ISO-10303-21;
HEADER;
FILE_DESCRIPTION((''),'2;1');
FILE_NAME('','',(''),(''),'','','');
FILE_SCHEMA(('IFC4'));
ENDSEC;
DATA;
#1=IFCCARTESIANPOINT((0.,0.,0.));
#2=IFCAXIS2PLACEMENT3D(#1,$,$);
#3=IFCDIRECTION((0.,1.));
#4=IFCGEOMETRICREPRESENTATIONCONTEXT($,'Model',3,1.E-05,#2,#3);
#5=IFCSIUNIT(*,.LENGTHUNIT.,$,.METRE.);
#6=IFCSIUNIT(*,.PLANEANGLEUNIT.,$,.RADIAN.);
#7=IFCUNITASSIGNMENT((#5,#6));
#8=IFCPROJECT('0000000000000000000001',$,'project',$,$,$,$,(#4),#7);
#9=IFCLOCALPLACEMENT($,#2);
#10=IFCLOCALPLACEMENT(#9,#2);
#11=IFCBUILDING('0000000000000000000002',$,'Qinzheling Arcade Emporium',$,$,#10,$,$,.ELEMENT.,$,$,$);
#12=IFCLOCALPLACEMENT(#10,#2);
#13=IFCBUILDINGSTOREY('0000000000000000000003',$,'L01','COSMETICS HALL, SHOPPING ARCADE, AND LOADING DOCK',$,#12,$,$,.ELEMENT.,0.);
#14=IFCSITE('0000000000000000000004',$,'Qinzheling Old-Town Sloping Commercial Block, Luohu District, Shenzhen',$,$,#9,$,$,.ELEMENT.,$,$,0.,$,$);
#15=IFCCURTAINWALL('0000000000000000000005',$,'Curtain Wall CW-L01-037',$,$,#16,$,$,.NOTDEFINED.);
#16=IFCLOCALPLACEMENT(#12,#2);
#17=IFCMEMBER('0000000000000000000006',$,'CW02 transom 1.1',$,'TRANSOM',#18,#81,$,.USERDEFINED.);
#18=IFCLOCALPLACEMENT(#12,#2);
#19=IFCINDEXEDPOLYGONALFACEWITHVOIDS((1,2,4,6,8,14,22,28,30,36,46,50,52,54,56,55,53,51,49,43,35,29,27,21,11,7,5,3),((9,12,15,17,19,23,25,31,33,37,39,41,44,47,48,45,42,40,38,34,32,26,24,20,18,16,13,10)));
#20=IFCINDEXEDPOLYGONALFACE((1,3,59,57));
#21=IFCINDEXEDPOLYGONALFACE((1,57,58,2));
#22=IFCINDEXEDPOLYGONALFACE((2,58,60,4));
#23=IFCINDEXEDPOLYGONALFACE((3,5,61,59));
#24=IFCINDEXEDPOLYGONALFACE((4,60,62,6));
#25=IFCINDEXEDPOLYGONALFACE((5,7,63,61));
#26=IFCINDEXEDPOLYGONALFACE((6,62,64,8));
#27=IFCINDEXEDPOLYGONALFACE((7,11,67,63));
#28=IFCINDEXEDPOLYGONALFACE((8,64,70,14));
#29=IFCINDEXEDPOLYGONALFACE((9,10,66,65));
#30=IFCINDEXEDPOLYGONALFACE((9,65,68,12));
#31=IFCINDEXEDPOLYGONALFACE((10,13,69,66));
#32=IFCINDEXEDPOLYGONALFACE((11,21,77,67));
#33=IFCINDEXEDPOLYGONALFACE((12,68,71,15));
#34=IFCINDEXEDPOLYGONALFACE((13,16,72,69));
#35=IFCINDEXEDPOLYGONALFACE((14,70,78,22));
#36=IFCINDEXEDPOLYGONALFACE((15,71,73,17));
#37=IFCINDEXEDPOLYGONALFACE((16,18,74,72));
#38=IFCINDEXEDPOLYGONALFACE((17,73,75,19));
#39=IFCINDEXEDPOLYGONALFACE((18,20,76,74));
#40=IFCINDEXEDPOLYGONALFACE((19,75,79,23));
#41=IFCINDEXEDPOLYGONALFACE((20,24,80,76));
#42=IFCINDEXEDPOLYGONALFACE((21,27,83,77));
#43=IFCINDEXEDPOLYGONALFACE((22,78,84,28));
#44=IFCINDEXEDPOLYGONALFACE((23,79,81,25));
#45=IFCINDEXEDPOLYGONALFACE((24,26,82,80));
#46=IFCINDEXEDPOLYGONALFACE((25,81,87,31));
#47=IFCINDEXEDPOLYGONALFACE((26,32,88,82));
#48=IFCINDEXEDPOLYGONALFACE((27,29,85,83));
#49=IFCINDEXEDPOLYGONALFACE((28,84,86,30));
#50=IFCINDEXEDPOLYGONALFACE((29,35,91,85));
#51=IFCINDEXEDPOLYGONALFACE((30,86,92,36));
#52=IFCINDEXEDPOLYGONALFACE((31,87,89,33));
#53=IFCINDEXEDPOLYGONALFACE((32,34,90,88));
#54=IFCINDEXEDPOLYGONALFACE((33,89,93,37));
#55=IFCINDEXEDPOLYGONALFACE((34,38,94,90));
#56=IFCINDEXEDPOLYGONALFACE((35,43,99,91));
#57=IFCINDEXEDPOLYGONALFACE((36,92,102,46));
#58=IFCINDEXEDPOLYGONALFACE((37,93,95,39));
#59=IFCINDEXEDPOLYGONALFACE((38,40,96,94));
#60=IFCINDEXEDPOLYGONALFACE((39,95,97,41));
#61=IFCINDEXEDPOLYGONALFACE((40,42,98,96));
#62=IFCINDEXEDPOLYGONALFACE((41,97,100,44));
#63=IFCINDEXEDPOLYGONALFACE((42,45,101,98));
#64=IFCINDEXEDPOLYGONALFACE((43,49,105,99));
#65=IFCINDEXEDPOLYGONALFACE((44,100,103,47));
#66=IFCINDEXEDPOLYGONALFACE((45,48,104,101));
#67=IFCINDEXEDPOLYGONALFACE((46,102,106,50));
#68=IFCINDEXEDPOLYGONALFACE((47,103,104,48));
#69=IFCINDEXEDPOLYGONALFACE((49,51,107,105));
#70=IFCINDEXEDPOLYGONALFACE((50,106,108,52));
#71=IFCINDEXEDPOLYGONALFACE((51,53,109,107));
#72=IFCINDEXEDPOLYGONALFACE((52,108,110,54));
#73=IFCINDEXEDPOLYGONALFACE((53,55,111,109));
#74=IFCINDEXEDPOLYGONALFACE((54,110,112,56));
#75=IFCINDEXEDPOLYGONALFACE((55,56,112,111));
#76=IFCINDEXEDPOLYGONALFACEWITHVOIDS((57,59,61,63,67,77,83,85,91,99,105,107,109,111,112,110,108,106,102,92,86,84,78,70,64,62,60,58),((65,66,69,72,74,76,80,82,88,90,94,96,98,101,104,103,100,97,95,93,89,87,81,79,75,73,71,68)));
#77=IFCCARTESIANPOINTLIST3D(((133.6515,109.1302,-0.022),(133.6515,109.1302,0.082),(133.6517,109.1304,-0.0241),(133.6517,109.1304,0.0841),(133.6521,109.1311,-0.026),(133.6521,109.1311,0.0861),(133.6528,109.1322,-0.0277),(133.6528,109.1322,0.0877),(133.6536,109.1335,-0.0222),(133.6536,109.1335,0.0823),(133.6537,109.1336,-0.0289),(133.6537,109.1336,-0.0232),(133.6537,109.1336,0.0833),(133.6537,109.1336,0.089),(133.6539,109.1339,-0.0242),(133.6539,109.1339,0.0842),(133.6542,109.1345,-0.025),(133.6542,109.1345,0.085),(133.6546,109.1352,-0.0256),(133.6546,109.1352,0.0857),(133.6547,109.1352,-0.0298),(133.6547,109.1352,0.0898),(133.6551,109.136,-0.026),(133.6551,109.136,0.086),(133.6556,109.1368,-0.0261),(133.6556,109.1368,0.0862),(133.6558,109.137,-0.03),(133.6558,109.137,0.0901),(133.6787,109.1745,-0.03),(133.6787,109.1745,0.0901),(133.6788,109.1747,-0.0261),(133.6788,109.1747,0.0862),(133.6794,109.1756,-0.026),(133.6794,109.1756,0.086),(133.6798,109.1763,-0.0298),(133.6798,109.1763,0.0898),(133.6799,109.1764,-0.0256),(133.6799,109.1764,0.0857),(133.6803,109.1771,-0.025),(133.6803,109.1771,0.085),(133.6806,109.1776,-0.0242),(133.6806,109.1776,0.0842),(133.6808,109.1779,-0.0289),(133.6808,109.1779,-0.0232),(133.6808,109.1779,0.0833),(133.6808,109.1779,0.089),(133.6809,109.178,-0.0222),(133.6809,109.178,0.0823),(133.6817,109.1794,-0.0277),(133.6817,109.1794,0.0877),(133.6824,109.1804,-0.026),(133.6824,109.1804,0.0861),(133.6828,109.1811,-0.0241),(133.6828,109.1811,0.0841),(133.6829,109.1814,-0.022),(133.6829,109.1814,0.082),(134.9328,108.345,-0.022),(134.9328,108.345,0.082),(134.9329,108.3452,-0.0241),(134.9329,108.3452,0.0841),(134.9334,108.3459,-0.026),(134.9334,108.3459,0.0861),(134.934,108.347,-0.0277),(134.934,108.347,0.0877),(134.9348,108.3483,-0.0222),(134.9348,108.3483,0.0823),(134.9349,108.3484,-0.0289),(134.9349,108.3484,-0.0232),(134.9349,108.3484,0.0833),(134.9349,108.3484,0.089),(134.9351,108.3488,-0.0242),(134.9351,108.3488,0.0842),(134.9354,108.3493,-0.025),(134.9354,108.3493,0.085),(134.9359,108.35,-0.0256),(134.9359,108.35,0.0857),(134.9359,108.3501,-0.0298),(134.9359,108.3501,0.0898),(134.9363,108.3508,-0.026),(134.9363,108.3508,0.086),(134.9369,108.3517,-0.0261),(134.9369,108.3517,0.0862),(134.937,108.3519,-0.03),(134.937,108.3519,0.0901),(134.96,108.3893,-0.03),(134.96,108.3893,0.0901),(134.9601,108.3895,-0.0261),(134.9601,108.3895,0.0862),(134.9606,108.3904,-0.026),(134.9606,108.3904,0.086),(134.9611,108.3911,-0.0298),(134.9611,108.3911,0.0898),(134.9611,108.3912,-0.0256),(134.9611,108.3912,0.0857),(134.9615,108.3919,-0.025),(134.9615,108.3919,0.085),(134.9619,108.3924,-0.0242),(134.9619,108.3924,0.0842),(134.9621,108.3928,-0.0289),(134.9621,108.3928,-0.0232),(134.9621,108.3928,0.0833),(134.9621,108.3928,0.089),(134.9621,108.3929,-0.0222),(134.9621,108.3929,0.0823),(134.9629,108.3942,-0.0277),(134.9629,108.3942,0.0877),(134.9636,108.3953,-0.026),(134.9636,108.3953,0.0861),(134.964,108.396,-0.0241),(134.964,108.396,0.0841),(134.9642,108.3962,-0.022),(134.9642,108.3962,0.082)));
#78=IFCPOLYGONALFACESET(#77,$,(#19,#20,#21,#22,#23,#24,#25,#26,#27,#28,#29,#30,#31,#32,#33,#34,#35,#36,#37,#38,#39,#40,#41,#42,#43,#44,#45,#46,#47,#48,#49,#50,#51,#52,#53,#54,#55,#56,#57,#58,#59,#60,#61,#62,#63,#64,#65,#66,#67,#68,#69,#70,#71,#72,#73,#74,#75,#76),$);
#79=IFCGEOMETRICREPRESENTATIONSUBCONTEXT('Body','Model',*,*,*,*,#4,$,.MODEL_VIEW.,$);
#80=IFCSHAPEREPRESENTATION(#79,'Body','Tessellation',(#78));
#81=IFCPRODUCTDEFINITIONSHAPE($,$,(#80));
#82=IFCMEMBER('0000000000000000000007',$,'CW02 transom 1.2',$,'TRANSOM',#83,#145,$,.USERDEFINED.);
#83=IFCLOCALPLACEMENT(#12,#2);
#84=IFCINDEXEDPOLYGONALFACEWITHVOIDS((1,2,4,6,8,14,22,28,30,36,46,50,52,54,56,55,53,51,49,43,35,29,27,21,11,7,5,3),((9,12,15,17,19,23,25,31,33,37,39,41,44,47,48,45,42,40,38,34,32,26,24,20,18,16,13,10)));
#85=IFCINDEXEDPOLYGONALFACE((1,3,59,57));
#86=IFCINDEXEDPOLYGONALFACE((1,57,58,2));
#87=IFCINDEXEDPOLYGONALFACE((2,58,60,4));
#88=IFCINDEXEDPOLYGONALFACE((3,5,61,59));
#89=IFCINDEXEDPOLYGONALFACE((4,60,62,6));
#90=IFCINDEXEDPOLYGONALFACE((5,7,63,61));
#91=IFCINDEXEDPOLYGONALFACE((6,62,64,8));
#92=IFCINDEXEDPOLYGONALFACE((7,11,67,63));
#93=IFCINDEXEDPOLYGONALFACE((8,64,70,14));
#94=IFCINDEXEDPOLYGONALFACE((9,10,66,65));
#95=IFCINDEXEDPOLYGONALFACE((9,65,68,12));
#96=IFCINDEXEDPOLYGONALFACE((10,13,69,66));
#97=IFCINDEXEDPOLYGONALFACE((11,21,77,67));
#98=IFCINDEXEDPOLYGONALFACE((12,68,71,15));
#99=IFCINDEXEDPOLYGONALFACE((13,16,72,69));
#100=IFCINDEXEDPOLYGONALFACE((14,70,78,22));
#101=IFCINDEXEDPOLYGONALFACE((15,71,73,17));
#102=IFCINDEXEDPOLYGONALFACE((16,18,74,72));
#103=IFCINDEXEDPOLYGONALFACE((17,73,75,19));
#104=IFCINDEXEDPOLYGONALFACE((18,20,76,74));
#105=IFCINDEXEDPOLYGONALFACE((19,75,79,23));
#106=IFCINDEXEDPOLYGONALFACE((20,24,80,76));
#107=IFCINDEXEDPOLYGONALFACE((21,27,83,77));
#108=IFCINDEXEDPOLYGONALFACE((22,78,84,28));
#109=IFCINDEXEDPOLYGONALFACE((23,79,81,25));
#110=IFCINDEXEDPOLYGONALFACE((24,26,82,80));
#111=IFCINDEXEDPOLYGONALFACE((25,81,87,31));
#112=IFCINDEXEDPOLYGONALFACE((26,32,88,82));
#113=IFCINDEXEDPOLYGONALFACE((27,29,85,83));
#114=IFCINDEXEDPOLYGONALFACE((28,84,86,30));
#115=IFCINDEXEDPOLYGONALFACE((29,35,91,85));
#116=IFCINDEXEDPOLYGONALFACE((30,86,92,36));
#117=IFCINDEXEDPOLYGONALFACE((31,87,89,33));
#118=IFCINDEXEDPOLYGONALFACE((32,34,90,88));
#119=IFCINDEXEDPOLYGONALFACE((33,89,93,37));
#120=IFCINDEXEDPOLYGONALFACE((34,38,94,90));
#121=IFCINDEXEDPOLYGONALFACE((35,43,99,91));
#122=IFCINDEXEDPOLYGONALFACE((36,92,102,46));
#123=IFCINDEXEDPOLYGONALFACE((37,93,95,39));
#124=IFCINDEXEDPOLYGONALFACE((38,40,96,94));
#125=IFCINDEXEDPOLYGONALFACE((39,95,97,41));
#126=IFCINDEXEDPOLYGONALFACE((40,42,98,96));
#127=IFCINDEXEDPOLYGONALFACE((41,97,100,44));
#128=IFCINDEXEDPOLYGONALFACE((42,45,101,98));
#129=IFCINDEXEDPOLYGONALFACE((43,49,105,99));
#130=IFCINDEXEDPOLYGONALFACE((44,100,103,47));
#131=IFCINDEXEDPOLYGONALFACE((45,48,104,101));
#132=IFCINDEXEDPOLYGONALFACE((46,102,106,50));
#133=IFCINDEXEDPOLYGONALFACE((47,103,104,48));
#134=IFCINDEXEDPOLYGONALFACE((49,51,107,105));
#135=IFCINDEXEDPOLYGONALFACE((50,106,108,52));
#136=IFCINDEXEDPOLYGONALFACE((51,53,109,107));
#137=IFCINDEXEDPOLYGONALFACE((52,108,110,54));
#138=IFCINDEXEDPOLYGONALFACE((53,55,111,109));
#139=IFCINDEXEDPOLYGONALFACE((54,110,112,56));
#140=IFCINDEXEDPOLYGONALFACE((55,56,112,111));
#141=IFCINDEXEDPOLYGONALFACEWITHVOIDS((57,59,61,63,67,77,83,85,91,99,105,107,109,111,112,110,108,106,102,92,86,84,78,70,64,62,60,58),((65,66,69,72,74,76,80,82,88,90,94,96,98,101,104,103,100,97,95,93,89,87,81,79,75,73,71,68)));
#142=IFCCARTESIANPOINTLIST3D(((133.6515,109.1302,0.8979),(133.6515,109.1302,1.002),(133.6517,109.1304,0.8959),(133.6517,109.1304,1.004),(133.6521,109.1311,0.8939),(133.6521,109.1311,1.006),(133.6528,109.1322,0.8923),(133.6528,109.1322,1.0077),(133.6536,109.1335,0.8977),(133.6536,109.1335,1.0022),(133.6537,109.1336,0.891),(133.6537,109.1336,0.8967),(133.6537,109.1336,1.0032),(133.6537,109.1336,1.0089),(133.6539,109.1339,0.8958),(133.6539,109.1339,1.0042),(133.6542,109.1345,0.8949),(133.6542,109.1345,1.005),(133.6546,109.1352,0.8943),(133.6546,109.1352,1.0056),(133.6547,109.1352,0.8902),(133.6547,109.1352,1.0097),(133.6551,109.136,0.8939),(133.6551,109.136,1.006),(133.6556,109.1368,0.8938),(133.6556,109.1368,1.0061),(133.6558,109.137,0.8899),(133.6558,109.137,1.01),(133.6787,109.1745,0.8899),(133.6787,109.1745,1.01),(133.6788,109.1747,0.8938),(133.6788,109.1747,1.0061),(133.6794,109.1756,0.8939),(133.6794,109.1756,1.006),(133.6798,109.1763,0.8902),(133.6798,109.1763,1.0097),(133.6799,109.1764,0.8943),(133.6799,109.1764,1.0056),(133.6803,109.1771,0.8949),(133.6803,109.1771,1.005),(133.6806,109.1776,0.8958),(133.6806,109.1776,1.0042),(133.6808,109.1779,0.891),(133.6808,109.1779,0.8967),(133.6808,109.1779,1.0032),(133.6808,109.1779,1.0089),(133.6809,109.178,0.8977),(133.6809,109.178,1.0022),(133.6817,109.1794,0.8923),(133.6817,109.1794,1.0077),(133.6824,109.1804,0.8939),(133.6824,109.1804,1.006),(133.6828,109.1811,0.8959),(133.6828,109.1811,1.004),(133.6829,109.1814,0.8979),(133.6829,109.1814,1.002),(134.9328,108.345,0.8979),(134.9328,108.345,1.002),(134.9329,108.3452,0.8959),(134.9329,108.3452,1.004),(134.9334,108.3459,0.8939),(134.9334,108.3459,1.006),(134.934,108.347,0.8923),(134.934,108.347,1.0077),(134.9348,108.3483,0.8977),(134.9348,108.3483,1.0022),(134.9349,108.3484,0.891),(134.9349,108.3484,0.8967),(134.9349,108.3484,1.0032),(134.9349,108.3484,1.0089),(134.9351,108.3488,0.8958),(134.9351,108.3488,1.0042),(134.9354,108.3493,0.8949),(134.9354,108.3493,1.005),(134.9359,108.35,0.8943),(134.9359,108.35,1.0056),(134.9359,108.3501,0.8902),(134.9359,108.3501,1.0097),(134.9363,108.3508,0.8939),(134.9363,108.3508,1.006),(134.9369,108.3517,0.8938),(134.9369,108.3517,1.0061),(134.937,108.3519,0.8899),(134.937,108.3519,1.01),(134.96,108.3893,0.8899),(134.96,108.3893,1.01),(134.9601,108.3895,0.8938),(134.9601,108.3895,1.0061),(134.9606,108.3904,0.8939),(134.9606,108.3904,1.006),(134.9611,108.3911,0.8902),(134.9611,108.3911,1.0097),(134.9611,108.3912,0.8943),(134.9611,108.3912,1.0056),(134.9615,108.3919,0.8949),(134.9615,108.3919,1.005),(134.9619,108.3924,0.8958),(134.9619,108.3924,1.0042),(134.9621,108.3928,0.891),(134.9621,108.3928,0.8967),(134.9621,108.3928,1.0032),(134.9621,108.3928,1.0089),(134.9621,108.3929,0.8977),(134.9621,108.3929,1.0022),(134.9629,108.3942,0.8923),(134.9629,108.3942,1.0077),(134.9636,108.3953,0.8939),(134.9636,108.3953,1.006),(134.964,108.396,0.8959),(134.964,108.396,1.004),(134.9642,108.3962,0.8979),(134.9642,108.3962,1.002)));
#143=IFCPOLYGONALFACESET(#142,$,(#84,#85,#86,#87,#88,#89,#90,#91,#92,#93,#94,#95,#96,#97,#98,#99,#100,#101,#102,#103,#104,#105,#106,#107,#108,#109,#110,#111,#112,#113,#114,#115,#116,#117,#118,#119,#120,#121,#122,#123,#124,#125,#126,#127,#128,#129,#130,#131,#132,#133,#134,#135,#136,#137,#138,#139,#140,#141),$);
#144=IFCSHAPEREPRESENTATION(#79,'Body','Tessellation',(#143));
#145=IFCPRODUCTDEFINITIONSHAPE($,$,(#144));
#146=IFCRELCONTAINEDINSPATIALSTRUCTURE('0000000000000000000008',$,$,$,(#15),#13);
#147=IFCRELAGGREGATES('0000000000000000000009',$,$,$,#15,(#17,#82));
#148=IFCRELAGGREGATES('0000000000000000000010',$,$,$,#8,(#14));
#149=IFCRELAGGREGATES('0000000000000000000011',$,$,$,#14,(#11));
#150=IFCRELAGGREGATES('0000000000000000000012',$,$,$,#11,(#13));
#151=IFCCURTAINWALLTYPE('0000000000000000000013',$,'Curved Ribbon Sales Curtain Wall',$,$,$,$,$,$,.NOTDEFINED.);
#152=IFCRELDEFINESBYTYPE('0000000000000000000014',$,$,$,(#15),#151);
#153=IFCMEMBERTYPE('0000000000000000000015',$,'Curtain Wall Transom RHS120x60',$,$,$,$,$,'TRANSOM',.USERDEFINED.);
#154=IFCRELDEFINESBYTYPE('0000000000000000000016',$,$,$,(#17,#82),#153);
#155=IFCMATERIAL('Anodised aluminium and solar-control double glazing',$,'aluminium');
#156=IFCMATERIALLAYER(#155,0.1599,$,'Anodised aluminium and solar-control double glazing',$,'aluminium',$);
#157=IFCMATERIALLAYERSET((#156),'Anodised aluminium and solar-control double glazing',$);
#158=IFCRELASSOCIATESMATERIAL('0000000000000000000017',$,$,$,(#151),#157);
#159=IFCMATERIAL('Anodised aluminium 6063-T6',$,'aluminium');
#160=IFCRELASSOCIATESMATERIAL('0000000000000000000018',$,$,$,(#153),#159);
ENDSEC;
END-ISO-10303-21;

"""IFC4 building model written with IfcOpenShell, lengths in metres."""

from ifc_helpers import new_model, si_unit, direction, frame, origin, origin_2d, place, context, subcontext, project, spatial, hollow_rectangle, extrude, material, layer, layer_set, material_profile, profile_set, type_object, element, aggregate, save


model = new_model("IFC4")

# Units and contexts
model_context = context("Model", 3, precision=1e-05, world=origin(), true_north=direction((0.0, 1.0)))
body_context = subcontext(model_context, "Body", "Model", "MODEL_VIEW")
ifc_project = project(units=[si_unit("LENGTHUNIT", "METRE"), si_unit("PLANEANGLEUNIT", "RADIAN")], contexts=[model_context])

# Site, building, storey
site_placement = place(None, origin())
site = spatial("IfcSite", under=ifc_project, at=site_placement, Name="Qinzheling Old-Town Sloping Commercial Block, Luohu District, Shenzhen", CompositionType="ELEMENT", RefElevation=0.0)
building_placement = place(site_placement, origin())
building = spatial("IfcBuilding", under=site, at=building_placement, Name="Qinzheling Arcade Emporium", CompositionType="ELEMENT")
storey_placement = place(building_placement, origin())
storey = spatial("IfcBuildingStorey", under=building, at=storey_placement, Name="L01", Description="COSMETICS HALL, SHOPPING ARCADE, AND LOADING DOCK", CompositionType="ELEMENT", Elevation=0.0)

# Curtain wall
ifc_material_1 = material(Name="Anodised aluminium and solar-control double glazing", Category="aluminium")
ifc_layer_1 = layer(ifc_material_1, 0.1599, Name="Anodised aluminium and solar-control double glazing", Category="aluminium")
ifc_layer_set_1 = layer_set([ifc_layer_1], Name="Anodised aluminium and solar-control double glazing")
curtain_wall_type = type_object("IfcCurtainWallType", Name="Curved Ribbon Sales Curtain Wall", PredefinedType="NOTDEFINED", material=ifc_layer_set_1)
curtain_wall_1_placement = place(storey_placement, origin())
curtain_wall_1 = element("IfcCurtainWall", 1, at=curtain_wall_1_placement, inside=storey, type_object=curtain_wall_type, Name="Curtain Wall CW-L01-037", PredefinedType="NOTDEFINED")
ifc_material_2 = material(Name="Anodised aluminium 6063-T6", Category="aluminium")

# Members
ifc_material_profile_1 = material_profile(ifc_material_2, hollow_rectangle(XDim=0.0601, YDim=0.1201, WallThickness=0.0039, InnerFilletRadius=0.0039, OuterFilletRadius=0.0081, at=origin_2d()), Name="RHS 120x60x4", Category="aluminium")
ifc_profile_set_1 = profile_set([ifc_material_profile_1], Name="Anodised aluminium 6063-T6")
member_type_1 = type_object("IfcMemberType", Name="Curtain Wall Transom RHS120x60", ElementType="TRANSOM", PredefinedType="USERDEFINED", material=ifc_profile_set_1)
member_1_placement = place(storey_placement, frame((133.6672, 109.1558, 0.03), z_axis=(0.852639, -0.522501, 0.0), x_axis=(0.522501, 0.852639, 0.0)))
member_1 = element("IfcMember", 2, at=member_1_placement, type_object=member_type_1, Name="CW02 transom 1.1", ObjectType="TRANSOM", PredefinedType="USERDEFINED", context=body_context, shape_type="SweptSolid", body=[
    extrude(hollow_rectangle(XDim=0.0601, YDim=0.1201, WallThickness=0.0039, InnerFilletRadius=0.0039, OuterFilletRadius=0.0081, at=origin_2d()), origin(), (0.0, 0.0, 1.0), 1.5027),
])
member_2_placement = place(storey_placement, frame((133.6672, 109.1558, 0.95), z_axis=(0.852639, -0.522501, 0.0), x_axis=(0.522501, 0.852639, 0.0)))
member_2 = element("IfcMember", 3, at=member_2_placement, type_object=member_type_1, Name="CW02 transom 1.2", ObjectType="TRANSOM", PredefinedType="USERDEFINED", context=body_context, shape_type="SweptSolid", body=[
    extrude(hollow_rectangle(XDim=0.0601, YDim=0.1201, WallThickness=0.0039, InnerFilletRadius=0.0039, OuterFilletRadius=0.0081, at=origin_2d()), origin(), (0.0, 0.0, 1.0), 1.5027),
])

aggregate(curtain_wall_1, [member_1, member_2])

save(model, "model.ifc")
